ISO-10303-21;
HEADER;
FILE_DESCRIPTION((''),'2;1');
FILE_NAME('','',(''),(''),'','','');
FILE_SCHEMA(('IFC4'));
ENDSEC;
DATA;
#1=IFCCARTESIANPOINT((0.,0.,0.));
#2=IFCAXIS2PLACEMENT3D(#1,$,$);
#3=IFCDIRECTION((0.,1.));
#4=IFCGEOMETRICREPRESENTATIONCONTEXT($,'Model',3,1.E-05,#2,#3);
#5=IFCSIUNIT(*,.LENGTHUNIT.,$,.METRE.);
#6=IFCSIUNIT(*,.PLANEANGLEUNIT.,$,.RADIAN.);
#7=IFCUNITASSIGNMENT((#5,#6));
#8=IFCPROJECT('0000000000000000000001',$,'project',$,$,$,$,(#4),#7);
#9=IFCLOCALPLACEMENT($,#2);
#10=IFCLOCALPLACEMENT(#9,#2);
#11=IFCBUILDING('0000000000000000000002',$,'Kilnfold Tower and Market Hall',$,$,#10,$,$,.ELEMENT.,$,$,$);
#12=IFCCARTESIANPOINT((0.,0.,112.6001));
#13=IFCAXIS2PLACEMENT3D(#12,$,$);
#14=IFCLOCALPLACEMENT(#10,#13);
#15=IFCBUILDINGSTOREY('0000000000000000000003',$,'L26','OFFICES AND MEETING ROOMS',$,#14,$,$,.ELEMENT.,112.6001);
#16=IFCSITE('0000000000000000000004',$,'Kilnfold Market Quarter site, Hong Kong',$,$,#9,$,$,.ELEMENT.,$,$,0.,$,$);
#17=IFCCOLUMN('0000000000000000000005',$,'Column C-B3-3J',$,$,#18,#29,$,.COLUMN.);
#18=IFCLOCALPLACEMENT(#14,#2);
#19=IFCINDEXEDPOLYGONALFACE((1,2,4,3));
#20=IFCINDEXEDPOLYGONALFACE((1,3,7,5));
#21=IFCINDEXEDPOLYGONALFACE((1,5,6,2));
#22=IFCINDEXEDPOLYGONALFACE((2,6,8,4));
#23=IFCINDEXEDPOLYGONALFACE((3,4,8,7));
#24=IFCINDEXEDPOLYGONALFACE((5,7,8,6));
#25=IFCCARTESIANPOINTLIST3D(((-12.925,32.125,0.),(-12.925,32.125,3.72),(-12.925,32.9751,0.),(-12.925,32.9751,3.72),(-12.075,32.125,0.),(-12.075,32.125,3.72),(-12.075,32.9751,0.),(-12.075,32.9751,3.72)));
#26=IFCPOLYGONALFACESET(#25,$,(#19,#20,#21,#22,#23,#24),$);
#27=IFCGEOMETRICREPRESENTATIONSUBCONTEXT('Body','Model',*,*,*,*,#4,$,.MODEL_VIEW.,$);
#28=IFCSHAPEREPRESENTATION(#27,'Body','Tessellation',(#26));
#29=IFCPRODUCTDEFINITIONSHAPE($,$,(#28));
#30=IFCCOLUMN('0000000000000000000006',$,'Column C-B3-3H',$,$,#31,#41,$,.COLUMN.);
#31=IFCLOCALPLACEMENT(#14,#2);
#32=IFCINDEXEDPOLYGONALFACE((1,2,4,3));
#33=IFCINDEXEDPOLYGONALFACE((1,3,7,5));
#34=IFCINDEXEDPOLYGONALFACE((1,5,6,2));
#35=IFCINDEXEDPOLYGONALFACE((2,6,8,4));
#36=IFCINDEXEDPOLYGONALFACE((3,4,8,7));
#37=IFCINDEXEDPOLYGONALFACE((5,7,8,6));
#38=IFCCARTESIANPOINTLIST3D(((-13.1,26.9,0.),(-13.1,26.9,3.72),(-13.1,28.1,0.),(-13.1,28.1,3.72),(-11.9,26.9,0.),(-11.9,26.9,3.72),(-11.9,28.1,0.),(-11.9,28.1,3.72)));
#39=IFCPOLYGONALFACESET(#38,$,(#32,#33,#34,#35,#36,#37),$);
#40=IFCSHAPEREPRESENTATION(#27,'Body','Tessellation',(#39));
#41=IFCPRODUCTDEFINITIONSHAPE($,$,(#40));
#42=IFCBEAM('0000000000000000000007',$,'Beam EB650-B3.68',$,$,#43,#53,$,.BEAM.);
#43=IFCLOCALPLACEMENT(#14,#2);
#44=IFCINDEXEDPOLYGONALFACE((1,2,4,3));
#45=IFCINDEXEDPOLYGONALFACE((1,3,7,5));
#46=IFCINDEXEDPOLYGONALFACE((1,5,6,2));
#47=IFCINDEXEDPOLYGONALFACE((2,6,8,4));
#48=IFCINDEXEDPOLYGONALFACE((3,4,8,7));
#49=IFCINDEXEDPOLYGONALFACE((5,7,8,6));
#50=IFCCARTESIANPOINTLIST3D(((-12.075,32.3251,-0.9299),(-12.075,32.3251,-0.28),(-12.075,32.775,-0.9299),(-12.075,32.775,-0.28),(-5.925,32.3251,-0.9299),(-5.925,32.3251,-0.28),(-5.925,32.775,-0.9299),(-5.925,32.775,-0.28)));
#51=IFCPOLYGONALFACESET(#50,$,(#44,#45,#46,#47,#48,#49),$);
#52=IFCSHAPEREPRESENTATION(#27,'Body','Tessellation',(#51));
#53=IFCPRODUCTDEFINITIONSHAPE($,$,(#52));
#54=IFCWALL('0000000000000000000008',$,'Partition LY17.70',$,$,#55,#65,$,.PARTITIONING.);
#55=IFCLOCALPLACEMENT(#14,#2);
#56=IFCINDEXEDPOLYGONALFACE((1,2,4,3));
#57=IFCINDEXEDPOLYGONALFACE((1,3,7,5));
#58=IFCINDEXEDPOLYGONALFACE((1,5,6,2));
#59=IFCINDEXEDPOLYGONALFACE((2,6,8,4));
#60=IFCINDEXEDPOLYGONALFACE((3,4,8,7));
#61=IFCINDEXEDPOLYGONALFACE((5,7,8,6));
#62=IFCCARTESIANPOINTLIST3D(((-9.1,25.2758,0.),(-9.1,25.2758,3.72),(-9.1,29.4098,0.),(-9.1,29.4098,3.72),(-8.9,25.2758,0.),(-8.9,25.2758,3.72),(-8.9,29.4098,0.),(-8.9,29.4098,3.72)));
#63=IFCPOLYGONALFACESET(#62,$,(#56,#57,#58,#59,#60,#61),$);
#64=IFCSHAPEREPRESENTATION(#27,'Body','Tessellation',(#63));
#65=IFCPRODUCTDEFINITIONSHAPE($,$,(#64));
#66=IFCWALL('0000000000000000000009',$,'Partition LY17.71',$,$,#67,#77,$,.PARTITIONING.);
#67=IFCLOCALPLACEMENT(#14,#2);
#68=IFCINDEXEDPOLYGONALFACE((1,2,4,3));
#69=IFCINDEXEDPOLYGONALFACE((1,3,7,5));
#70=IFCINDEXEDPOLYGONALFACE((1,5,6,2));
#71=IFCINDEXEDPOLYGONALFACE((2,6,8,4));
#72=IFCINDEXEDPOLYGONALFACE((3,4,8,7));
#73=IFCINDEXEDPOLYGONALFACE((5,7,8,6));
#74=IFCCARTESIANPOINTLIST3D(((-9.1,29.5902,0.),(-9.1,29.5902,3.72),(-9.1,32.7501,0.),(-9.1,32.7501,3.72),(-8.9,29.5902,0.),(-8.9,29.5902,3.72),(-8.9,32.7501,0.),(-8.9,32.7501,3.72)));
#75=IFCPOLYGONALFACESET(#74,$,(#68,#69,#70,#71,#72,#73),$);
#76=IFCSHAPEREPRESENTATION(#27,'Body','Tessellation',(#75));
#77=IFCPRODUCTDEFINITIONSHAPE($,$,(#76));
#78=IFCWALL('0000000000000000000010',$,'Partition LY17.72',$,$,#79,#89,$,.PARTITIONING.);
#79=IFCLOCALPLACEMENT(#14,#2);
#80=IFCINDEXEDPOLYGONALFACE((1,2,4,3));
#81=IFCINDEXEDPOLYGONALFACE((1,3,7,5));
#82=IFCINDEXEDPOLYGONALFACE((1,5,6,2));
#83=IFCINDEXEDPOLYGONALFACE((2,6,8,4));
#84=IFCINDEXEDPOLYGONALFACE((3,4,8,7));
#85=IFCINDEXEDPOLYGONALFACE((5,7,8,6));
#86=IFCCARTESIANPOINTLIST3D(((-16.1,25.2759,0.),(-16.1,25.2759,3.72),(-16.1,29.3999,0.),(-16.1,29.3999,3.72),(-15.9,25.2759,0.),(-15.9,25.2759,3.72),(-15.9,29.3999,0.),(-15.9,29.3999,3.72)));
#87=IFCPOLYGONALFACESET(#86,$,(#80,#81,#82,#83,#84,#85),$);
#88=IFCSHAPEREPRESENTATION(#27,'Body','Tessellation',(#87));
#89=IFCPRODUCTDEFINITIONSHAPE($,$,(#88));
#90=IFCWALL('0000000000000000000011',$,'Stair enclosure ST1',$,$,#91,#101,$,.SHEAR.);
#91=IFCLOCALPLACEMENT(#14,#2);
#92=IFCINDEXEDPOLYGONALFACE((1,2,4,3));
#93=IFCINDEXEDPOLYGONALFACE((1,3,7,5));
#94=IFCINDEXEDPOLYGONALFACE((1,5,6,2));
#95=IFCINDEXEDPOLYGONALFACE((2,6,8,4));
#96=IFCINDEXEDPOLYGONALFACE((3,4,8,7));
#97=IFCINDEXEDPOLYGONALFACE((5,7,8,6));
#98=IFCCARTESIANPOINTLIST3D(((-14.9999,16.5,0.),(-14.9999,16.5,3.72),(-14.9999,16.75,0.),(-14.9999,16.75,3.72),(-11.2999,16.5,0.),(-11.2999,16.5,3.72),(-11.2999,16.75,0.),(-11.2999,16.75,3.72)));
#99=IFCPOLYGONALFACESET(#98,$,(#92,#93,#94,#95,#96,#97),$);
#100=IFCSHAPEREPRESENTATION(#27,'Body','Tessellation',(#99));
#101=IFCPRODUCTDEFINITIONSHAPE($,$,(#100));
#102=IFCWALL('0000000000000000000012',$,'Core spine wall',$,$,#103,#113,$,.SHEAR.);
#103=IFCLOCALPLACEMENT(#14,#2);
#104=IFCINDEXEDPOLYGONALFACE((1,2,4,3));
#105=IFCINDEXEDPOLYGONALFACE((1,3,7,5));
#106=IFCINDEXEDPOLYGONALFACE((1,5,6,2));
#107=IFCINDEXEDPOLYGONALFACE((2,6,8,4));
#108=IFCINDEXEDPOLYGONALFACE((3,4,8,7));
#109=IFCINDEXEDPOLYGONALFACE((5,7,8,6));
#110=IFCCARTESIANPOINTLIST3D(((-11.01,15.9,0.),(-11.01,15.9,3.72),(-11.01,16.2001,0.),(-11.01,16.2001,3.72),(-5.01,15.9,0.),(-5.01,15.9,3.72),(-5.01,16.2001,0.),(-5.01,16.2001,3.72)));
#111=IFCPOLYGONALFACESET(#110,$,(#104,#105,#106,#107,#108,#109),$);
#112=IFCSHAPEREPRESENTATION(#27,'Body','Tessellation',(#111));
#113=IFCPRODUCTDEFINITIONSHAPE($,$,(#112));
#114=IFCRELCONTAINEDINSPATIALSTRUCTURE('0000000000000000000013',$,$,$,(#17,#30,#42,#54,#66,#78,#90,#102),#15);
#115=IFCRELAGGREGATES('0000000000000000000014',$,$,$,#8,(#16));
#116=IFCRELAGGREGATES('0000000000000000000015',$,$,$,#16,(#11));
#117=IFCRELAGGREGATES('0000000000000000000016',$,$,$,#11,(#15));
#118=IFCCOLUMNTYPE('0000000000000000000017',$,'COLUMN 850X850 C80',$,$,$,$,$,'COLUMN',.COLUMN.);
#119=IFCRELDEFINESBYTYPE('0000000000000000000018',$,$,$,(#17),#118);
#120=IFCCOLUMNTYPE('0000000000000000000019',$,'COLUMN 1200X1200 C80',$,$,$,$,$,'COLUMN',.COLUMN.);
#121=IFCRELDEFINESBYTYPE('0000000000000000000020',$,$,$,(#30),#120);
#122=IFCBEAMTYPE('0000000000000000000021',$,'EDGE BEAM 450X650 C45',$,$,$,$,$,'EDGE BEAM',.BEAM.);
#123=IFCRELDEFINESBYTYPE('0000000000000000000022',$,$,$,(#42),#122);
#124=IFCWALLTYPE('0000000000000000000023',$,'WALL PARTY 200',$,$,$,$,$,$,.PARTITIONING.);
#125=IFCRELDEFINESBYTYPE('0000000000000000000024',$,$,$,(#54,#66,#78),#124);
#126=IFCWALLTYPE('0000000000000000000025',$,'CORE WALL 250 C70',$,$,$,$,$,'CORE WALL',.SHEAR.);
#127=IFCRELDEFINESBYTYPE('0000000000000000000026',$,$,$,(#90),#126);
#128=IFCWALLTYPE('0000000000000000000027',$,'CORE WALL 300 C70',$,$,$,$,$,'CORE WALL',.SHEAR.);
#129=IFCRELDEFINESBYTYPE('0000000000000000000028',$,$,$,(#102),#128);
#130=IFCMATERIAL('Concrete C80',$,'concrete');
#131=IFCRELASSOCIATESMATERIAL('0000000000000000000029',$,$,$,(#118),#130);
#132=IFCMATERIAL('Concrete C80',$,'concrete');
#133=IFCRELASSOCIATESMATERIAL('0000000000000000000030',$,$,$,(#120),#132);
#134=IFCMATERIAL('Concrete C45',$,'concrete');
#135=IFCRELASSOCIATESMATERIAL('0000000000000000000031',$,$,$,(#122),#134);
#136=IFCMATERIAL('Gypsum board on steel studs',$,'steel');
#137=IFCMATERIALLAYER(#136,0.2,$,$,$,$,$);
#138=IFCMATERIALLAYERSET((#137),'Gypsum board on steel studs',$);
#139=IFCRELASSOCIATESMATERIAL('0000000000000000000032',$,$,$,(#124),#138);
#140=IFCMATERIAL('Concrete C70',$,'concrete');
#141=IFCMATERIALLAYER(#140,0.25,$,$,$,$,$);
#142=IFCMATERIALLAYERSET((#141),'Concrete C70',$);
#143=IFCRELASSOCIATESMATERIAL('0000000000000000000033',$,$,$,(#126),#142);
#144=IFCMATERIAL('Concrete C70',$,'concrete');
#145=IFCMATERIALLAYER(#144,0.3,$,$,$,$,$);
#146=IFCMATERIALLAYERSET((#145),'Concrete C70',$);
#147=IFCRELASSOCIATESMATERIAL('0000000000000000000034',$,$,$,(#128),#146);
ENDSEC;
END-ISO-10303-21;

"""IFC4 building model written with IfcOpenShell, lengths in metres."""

from ifc_helpers import new_model, si_unit, direction, frame, frame_2d, origin, origin_2d, place, context, subcontext, project, spatial, rectangle, extrude, source, transform, mapped, material, layer, layer_set, material_profile, profile_set, type_object, element, save


model = new_model("IFC4")

# Units and contexts
model_context = context("Model", 3, precision=1e-05, world=origin(), true_north=direction((0.0, 1.0)))
body_context = subcontext(model_context, "Body", "Model", "MODEL_VIEW")
ifc_project = project(units=[si_unit("LENGTHUNIT", "METRE"), si_unit("PLANEANGLEUNIT", "RADIAN")], contexts=[model_context])

# Site, building, storey
site_placement = place(None, origin())
site = spatial("IfcSite", under=ifc_project, at=site_placement, Name="Kilnfold Market Quarter site, Hong Kong", CompositionType="ELEMENT", RefElevation=0.0)
building_placement = place(site_placement, origin())
building = spatial("IfcBuilding", under=site, at=building_placement, Name="Kilnfold Tower and Market Hall", CompositionType="ELEMENT")
storey_placement = place(building_placement, frame((0.0, 0.0, 112.6001)))
storey = spatial("IfcBuildingStorey", under=building, at=storey_placement, Name="L26", Description="OFFICES AND MEETING ROOMS", CompositionType="ELEMENT", Elevation=112.6001)

# Columns
ifc_material_1 = material(Name="Concrete C80", Category="concrete")
ifc_material_profile_1 = material_profile(ifc_material_1, rectangle(XDim=0.8501, YDim=0.8501, at=origin_2d()), Name="RC 850x850")
ifc_profile_set_1 = profile_set([ifc_material_profile_1], Name="Concrete C80")
column_type_1 = type_object("IfcColumnType", Name="COLUMN 850X850 C80", ElementType="COLUMN", PredefinedType="COLUMN", material=ifc_profile_set_1)
shared_shape_1 = source(origin(), body_context, "Body", "SweptSolid", [
    extrude(rectangle(XDim=0.8501, YDim=0.8501, at=origin_2d()), origin(), (0.0, 0.0, 1.0), 3.72),
])
column_1_placement = place(storey_placement, frame((-12.5, 32.55, 0.0), z_axis=(0.0, 0.0, 1.0), x_axis=(1.0, 0.0, 0.0)))
element("IfcColumn", 1, at=column_1_placement, inside=storey, type_object=column_type_1, Name="Column C-B3-3J", PredefinedType="COLUMN", context=body_context, shape_type="MappedRepresentation", body=[
    mapped(shared_shape_1, transform((0.0, 0.0, 0.0))),
])
ifc_material_2 = material(Name="Concrete C80", Category="concrete")
ifc_material_profile_2 = material_profile(ifc_material_2, rectangle(XDim=1.2, YDim=1.2, at=origin_2d()), Name="RC 1200x1200")
ifc_profile_set_2 = profile_set([ifc_material_profile_2], Name="Concrete C80")
column_type_2 = type_object("IfcColumnType", Name="COLUMN 1200X1200 C80", ElementType="COLUMN", PredefinedType="COLUMN", material=ifc_profile_set_2)
shared_shape_2 = source(origin(), body_context, "Body", "SweptSolid", [
    extrude(rectangle(XDim=1.2, YDim=1.2, at=origin_2d()), origin(), (0.0, 0.0, 1.0), 3.72),
])
column_2_placement = place(storey_placement, frame((-12.5, 27.5, 0.0), z_axis=(0.0, 0.0, 1.0), x_axis=(1.0, 0.0, 0.0)))
element("IfcColumn", 2, at=column_2_placement, inside=storey, type_object=column_type_2, Name="Column C-B3-3H", PredefinedType="COLUMN", context=body_context, shape_type="MappedRepresentation", body=[
    mapped(shared_shape_2, transform((0.0, 0.0, 0.0))),
])

# Beam
ifc_material_3 = material(Name="Concrete C45", Category="concrete")
ifc_material_profile_3 = material_profile(ifc_material_3, rectangle(XDim=0.45, YDim=0.6499, at=origin_2d()), Name="RC 450x650")
ifc_profile_set_3 = profile_set([ifc_material_profile_3], Name="Concrete C45")
beam_type = type_object("IfcBeamType", Name="EDGE BEAM 450X650 C45", ElementType="EDGE BEAM", PredefinedType="BEAM", material=ifc_profile_set_3)
shared_shape_3 = source(origin(), body_context, "Body", "SweptSolid", [
    extrude(rectangle(XDim=0.45, YDim=0.6499, at=origin_2d()), origin(), (0.0, 0.0, 1.0), 6.1499),
])
beam_placement = place(storey_placement, frame((-12.075, 32.55, -0.605), z_axis=(1.0, 0.0, 0.0), x_axis=(0.0, 1.0, 0.0)))
element("IfcBeam", 3, at=beam_placement, inside=storey, type_object=beam_type, Name="Beam EB650-B3.68", PredefinedType="BEAM", context=body_context, shape_type="MappedRepresentation", body=[
    mapped(shared_shape_3, transform((0.0, 0.0, 0.0))),
])

# Walls
ifc_material_4 = material(Name="Gypsum board on steel studs", Category="steel")
ifc_layer_1 = layer(ifc_material_4, 0.2)
ifc_layer_set_1 = layer_set([ifc_layer_1], Name="Gypsum board on steel studs")
wall_type_1 = type_object("IfcWallType", Name="WALL PARTY 200", PredefinedType="PARTITIONING", material=ifc_layer_set_1)
wall_1_placement = place(storey_placement, frame((-9.0, 25.2759, 0.0), z_axis=(0.0, 0.0, 1.0), x_axis=(0.0, 1.0, 0.0)))
element("IfcWall", 4, at=wall_1_placement, inside=storey, type_object=wall_type_1, Name="Partition LY17.70", PredefinedType="PARTITIONING", context=body_context, shape_type="SweptSolid", body=[
    extrude(rectangle(XDim=4.134, YDim=0.2, at=frame_2d((2.0669, 0.0))), origin(), (0.0, 0.0, 1.0), 3.72),
])
wall_2_placement = place(storey_placement, frame((-9.0, 29.5901, 0.0), z_axis=(0.0, 0.0, 1.0), x_axis=(0.0, 1.0, 0.0)))
element("IfcWall", 5, at=wall_2_placement, inside=storey, type_object=wall_type_1, Name="Partition LY17.71", PredefinedType="PARTITIONING", context=body_context, shape_type="SweptSolid", body=[
    extrude(rectangle(XDim=3.1599, YDim=0.2, at=frame_2d((1.5801, 0.0))), origin(), (0.0, 0.0, 1.0), 3.72),
])
wall_3_placement = place(storey_placement, frame((-16.0, 29.3999, 0.0), z_axis=(0.0, 0.0, 1.0), x_axis=(0.0, -1.0, 0.0)))
element("IfcWall", 6, at=wall_3_placement, inside=storey, type_object=wall_type_1, Name="Partition LY17.72", PredefinedType="PARTITIONING", context=body_context, shape_type="SweptSolid", body=[
    extrude(rectangle(XDim=4.124, YDim=0.2, at=frame_2d((2.062, 0.0))), origin(), (0.0, 0.0, 1.0), 3.72),
])
ifc_material_5 = material(Name="Concrete C70", Category="concrete")
ifc_layer_2 = layer(ifc_material_5, 0.25)
ifc_layer_set_2 = layer_set([ifc_layer_2], Name="Concrete C70")
wall_type_2 = type_object("IfcWallType", Name="CORE WALL 250 C70", ElementType="CORE WALL", PredefinedType="SHEAR", material=ifc_layer_set_2)
shared_shape_4 = source(origin(), body_context, "Body", "SweptSolid", [
    extrude(rectangle(XDim=3.7, YDim=0.25, at=frame_2d((1.8501, 0.0))), origin(), (0.0, 0.0, 1.0), 3.72),
])
wall_4_placement = place(storey_placement, frame((-15.0, 16.625, 0.0), z_axis=(0.0, 0.0, 1.0), x_axis=(1.0, 0.0, 0.0)))
element("IfcWall", 7, at=wall_4_placement, inside=storey, type_object=wall_type_2, Name="Stair enclosure ST1", PredefinedType="SHEAR", context=body_context, shape_type="MappedRepresentation", body=[
    mapped(shared_shape_4, transform((0.0, 0.0, 0.0))),
])
ifc_material_6 = material(Name="Concrete C70", Category="concrete")
ifc_layer_3 = layer(ifc_material_6, 0.3)
ifc_layer_set_3 = layer_set([ifc_layer_3], Name="Concrete C70")
wall_type_3 = type_object("IfcWallType", Name="CORE WALL 300 C70", ElementType="CORE WALL", PredefinedType="SHEAR", material=ifc_layer_set_3)
shared_shape_5 = source(origin(), body_context, "Body", "SweptSolid", [
    extrude(rectangle(XDim=6.0, YDim=0.3, at=frame_2d((3.0, 0.0))), origin(), (0.0, 0.0, 1.0), 3.72),
])
wall_5_placement = place(storey_placement, frame((-11.01, 16.05, 0.0), z_axis=(0.0, 0.0, 1.0), x_axis=(1.0, 0.0, 0.0)))
element("IfcWall", 8, at=wall_5_placement, inside=storey, type_object=wall_type_3, Name="Core spine wall", PredefinedType="SHEAR", context=body_context, shape_type="MappedRepresentation", body=[
    mapped(shared_shape_5, transform((0.0, 0.0, 0.0))),
])

save(model, "model.ifc")
